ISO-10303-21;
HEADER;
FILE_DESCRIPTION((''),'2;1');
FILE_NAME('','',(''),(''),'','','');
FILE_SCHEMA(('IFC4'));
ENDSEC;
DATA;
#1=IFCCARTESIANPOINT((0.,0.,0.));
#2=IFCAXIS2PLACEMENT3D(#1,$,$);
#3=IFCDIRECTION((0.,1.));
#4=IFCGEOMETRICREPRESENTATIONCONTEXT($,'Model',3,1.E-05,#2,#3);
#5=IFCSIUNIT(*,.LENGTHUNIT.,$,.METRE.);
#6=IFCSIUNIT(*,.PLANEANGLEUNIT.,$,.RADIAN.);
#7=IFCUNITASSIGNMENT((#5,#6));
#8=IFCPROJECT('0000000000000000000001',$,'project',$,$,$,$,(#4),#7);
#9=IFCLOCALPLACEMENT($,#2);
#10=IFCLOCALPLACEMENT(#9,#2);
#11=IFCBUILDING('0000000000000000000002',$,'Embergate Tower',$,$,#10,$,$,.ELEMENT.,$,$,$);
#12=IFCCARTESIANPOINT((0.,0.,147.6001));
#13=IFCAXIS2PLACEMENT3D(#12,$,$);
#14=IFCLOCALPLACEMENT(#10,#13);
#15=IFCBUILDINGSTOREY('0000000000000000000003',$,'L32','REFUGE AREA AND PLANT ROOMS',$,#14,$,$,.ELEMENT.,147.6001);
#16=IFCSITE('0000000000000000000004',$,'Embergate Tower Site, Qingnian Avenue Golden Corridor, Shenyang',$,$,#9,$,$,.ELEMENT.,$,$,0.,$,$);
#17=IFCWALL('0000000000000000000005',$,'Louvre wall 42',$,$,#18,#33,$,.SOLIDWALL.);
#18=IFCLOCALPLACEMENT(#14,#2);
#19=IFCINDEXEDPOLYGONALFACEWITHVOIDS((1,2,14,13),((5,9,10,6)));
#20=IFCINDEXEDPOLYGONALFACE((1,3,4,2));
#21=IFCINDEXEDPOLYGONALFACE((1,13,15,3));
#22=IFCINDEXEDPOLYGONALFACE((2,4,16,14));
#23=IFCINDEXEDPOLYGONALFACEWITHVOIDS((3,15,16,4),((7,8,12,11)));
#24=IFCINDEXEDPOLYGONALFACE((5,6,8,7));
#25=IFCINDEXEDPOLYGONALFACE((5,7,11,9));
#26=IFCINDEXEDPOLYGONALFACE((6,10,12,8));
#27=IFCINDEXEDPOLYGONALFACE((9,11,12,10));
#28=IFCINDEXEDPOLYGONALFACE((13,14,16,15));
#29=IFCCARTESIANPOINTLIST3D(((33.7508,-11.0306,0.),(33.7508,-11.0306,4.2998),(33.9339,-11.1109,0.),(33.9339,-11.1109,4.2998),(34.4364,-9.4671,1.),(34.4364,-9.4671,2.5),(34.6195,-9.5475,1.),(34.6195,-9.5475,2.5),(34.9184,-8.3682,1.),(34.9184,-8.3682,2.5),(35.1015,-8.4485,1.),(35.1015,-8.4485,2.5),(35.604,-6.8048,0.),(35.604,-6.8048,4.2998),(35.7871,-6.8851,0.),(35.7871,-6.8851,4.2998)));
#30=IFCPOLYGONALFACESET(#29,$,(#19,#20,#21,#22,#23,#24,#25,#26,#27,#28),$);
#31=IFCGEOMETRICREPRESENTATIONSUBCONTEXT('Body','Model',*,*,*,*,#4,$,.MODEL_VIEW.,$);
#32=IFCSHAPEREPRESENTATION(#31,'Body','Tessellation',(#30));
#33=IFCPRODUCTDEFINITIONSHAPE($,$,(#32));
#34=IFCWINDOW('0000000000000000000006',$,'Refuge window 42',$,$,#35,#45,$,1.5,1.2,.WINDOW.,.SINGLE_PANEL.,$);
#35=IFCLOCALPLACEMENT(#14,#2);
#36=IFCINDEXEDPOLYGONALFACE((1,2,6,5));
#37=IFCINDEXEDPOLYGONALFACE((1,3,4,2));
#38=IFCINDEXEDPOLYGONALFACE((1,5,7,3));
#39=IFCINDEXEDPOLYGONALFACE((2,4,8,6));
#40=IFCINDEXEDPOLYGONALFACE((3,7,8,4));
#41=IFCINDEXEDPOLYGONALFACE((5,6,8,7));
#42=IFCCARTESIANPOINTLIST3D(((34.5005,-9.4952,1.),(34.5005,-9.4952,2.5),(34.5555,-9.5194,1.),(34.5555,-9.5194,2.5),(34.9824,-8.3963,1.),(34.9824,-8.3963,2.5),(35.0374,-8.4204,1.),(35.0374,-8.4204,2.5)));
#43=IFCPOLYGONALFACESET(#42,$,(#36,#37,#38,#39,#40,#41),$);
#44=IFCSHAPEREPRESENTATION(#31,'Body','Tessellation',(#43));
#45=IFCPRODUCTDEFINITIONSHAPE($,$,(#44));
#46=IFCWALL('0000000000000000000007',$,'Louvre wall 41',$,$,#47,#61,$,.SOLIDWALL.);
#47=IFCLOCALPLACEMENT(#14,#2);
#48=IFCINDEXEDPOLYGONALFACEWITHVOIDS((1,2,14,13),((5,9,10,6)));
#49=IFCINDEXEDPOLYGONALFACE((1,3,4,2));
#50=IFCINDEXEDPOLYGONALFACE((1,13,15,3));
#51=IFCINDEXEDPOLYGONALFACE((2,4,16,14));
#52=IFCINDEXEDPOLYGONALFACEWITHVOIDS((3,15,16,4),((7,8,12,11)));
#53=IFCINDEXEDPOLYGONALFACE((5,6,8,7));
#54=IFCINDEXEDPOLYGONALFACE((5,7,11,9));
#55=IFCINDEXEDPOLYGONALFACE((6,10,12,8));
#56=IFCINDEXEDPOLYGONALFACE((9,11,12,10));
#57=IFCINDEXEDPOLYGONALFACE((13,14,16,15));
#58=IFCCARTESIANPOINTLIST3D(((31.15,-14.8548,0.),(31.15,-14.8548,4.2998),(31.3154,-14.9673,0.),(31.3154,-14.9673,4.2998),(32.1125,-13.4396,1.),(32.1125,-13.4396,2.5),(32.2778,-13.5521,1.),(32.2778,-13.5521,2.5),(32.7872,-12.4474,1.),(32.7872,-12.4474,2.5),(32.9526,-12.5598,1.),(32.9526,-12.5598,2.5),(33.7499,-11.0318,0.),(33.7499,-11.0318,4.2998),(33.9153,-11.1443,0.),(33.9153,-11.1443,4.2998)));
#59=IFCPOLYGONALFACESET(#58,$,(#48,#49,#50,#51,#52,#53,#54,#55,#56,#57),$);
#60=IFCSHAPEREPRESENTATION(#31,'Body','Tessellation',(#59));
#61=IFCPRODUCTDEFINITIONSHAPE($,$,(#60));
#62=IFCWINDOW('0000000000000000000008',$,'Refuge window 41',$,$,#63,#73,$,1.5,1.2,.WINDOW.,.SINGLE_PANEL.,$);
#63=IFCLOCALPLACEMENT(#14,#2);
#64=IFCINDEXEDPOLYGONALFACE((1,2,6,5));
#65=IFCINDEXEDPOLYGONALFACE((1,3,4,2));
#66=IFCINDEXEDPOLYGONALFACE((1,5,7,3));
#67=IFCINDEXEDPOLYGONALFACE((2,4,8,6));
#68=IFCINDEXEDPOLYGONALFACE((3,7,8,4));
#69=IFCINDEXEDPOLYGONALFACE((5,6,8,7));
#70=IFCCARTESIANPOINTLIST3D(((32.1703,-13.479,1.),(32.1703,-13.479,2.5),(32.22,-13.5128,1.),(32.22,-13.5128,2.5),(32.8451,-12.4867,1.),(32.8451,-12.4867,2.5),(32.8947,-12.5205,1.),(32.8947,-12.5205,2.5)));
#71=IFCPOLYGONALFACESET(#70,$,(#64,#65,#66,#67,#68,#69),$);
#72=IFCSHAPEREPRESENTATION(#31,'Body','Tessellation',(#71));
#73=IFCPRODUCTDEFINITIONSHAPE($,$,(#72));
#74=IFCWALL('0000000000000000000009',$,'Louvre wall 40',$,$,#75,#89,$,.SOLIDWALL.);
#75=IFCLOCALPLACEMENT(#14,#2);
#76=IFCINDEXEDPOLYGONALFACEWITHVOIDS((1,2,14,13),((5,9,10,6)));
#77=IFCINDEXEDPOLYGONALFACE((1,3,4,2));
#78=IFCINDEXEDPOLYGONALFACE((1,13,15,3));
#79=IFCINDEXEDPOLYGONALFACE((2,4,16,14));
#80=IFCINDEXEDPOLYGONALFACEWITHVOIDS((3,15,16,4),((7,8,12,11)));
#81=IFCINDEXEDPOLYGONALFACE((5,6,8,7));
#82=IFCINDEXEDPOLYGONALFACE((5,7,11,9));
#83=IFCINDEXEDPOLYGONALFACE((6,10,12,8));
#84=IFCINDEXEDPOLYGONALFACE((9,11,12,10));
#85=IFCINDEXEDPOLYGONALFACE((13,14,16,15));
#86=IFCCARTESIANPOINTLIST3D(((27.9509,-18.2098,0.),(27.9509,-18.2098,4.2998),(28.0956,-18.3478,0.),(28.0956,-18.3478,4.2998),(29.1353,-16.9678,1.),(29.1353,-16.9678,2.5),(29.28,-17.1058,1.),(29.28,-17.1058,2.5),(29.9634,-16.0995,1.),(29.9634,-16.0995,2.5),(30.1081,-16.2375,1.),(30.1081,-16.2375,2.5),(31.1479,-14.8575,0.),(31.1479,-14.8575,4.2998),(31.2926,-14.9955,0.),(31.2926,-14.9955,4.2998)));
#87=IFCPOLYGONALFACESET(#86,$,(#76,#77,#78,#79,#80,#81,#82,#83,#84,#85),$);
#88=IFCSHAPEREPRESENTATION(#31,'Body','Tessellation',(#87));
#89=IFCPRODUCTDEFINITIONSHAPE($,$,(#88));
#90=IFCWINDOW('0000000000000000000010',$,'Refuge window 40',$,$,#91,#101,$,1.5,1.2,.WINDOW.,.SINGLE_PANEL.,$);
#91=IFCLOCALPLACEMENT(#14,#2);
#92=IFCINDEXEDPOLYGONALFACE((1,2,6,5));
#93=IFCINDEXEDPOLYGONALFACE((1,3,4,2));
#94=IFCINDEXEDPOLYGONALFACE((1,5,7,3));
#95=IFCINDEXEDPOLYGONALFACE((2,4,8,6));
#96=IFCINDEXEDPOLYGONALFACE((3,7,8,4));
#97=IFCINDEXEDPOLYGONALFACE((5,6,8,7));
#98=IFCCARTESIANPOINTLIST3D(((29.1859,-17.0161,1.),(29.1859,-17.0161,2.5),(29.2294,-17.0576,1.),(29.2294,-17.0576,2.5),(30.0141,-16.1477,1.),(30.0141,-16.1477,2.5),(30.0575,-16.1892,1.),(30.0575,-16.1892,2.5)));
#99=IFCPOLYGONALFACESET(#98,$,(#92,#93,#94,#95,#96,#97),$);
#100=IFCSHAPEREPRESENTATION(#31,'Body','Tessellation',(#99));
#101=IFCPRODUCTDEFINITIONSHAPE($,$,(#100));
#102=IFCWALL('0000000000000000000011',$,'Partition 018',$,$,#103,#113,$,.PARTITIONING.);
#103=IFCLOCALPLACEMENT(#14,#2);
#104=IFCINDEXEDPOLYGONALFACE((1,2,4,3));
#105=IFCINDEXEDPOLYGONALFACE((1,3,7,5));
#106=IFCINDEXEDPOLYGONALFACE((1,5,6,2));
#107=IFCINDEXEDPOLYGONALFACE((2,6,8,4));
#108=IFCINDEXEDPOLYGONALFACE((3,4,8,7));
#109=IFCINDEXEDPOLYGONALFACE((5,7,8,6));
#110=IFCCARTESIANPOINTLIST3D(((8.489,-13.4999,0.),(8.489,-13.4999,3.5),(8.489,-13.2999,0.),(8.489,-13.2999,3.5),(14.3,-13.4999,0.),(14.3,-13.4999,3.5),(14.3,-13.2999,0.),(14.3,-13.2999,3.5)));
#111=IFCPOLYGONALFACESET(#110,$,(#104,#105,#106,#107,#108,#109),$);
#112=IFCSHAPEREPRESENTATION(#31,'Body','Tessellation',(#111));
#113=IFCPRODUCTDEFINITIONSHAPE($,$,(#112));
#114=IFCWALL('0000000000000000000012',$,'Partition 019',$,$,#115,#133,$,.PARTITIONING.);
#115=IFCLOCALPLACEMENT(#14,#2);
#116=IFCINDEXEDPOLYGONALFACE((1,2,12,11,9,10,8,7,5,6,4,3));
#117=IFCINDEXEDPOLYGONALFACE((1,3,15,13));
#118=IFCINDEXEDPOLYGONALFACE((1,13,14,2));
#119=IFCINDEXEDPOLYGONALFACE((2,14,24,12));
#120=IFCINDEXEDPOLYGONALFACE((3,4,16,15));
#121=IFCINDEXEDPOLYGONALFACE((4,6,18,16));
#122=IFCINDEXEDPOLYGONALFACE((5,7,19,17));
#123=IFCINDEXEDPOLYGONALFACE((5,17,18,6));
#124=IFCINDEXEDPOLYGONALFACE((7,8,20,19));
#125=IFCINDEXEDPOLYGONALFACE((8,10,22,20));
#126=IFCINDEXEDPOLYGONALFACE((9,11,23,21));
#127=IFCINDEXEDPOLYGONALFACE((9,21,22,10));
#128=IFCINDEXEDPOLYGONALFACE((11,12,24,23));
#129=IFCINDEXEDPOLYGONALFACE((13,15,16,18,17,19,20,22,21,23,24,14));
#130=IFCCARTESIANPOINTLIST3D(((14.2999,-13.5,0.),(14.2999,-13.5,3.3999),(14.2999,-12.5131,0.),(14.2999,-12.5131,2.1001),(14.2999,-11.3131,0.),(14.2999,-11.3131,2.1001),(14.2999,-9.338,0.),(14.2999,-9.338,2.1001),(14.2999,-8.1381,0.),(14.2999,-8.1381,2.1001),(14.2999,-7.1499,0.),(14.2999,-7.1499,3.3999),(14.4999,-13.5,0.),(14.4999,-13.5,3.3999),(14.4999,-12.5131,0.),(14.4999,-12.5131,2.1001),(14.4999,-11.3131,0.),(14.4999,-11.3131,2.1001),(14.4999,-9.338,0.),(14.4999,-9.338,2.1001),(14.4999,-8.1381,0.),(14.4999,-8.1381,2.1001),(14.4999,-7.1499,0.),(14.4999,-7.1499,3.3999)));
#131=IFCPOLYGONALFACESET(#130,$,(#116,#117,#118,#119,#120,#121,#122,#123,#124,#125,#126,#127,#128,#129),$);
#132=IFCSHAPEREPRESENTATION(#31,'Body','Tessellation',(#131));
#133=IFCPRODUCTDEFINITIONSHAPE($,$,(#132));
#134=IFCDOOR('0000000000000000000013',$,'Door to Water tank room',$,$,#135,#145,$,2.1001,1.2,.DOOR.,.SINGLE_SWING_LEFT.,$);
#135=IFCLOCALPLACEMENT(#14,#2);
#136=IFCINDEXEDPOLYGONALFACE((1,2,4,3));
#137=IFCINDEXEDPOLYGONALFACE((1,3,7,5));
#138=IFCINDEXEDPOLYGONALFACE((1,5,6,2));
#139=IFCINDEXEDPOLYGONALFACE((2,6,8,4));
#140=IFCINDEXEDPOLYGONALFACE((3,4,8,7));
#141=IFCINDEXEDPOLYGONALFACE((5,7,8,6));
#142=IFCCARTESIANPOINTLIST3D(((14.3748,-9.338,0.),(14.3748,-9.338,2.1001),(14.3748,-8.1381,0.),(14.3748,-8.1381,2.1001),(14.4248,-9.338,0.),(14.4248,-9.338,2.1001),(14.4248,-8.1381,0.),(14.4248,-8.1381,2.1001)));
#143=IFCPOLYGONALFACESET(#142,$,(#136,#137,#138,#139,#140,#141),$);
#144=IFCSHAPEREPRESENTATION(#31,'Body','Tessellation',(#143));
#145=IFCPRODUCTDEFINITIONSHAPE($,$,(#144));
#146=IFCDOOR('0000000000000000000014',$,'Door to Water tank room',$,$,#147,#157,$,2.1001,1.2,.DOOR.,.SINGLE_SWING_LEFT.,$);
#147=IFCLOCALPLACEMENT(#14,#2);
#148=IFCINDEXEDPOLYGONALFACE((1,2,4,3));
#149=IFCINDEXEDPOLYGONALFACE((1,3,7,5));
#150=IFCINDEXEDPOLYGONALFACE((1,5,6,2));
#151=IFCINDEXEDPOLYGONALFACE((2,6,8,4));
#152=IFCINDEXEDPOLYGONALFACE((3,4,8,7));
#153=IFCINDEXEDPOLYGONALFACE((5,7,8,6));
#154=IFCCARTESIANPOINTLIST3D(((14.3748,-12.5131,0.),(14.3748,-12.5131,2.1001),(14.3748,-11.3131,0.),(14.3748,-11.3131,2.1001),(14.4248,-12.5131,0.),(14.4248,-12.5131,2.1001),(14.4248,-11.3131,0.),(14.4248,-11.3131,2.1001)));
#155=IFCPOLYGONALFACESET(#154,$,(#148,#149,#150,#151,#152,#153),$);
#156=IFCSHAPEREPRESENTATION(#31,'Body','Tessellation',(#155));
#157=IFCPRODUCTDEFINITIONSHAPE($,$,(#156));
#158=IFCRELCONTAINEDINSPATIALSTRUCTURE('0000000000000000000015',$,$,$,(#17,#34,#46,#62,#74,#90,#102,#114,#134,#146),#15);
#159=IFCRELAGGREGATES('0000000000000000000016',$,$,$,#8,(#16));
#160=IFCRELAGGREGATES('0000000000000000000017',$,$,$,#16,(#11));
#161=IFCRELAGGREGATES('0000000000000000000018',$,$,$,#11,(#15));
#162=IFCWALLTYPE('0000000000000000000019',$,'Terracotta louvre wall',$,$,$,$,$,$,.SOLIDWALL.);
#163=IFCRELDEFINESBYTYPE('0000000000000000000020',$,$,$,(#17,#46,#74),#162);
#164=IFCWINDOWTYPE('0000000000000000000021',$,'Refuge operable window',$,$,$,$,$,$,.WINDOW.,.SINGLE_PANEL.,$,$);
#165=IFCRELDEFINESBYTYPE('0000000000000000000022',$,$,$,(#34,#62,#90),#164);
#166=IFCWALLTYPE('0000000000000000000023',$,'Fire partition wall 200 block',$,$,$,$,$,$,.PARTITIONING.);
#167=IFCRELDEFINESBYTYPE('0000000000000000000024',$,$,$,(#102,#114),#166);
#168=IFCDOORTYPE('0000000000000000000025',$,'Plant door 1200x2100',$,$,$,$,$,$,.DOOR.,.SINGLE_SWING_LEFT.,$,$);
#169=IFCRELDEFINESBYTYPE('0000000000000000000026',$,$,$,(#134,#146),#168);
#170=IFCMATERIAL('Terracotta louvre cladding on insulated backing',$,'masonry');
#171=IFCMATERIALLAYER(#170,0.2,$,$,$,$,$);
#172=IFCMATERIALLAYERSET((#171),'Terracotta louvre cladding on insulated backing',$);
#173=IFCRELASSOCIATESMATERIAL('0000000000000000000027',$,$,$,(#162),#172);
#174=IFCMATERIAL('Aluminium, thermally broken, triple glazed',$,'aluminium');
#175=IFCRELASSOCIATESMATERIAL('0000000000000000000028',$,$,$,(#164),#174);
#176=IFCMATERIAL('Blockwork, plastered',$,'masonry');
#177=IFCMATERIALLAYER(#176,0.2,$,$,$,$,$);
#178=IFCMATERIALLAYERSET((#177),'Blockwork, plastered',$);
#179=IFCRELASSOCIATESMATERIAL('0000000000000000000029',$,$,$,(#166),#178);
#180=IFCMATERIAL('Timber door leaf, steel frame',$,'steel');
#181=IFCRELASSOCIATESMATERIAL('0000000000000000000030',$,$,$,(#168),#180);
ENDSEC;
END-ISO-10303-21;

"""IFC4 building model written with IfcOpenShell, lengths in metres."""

from ifc_helpers import new_model, si_unit, direction, frame, frame_2d, origin, place, context, subcontext, project, spatial, rectangle, extrude, source, transform, mapped, material, layer, layer_set, type_object, element, fill, save


model = new_model("IFC4")

# Units and contexts
model_context = context("Model", 3, precision=1e-05, world=origin(), true_north=direction((0.0, 1.0)))
body_context = subcontext(model_context, "Body", "Model", "MODEL_VIEW")
ifc_project = project(units=[si_unit("LENGTHUNIT", "METRE"), si_unit("PLANEANGLEUNIT", "RADIAN")], contexts=[model_context])

# Site, building, storey
site_placement = place(None, origin())
site = spatial("IfcSite", under=ifc_project, at=site_placement, Name="Embergate Tower Site, Qingnian Avenue Golden Corridor, Shenyang", CompositionType="ELEMENT", RefElevation=0.0)
building_placement = place(site_placement, origin())
building = spatial("IfcBuilding", under=site, at=building_placement, Name="Embergate Tower", CompositionType="ELEMENT")
storey_placement = place(building_placement, frame((0.0, 0.0, 147.6001)))
storey = spatial("IfcBuildingStorey", under=building, at=storey_placement, Name="L32", Description="REFUGE AREA AND PLANT ROOMS", CompositionType="ELEMENT", Elevation=147.6001)

# Walls, openings, windows
ifc_material_1 = material(Name="Terracotta louvre cladding on insulated backing", Category="masonry")
ifc_layer_1 = layer(ifc_material_1, 0.2)
ifc_layer_set_1 = layer_set([ifc_layer_1], Name="Terracotta louvre cladding on insulated backing")
wall_type_1 = type_object("IfcWallType", Name="Terracotta louvre wall", PredefinedType="SOLIDWALL", material=ifc_layer_set_1)
shared_shape_1 = source(origin(), body_context, "Body", "SweptSolid", [
    extrude(rectangle(XDim=1.2, YDim=1.5, at=frame_2d((0.6001, 0.75))), frame((0.0, 0.1099, 0.0), z_axis=(0.0, -1.0, 0.0), x_axis=(1.0, 0.0, 0.0)), (0.0, 0.0, 1.0), 0.22),
])
ifc_material_2 = material(Name="Aluminium, thermally broken, triple glazed", Category="aluminium")
window_type = type_object("IfcWindowType", Name="Refuge operable window", PartitioningType="SINGLE_PANEL", PredefinedType="WINDOW", material=ifc_material_2)
shared_shape_2 = source(origin(), body_context, "Body", "SweptSolid", [
    extrude(rectangle(XDim=1.2, YDim=1.5, at=frame_2d((0.6001, 0.75))), frame((0.0, 0.03, 0.0), z_axis=(0.0, -1.0, 0.0), x_axis=(1.0, 0.0, 0.0)), (0.0, 0.0, 1.0), 0.0601),
])
shared_shape_3 = source(origin(), body_context, "Body", "SweptSolid", [
    extrude(rectangle(XDim=4.6143, YDim=0.2, at=frame_2d((2.3071, 0.0))), origin(), (0.0, 0.0, 1.0), 4.2998),
])
wall_1_placement = place(storey_placement, frame((35.6956, -6.845, 0.0), z_axis=(0.0, 0.0, 1.0), x_axis=(-0.401632, -0.915801, 0.0)))
wall_1 = element("IfcWall", 1, at=wall_1_placement, inside=storey, type_object=wall_type_1, Name="Louvre wall 42", PredefinedType="SOLIDWALL", context=body_context, shape_type="MappedRepresentation", body=[
    mapped(shared_shape_3, transform((0.0, 0.0, 0.0))),
])
opening_1_placement = place(wall_1_placement, frame((1.707, 0.0, 1.0)))
opening_1 = element("IfcOpeningElement", 2, at=opening_1_placement, cuts=wall_1, PredefinedType="OPENING", context=body_context, shape_type="MappedRepresentation", body=[
    mapped(shared_shape_1, transform((0.0, 0.0, 0.0))),
])
window_1_placement = place(opening_1_placement, origin())
window_1 = element("IfcWindow", 3, at=window_1_placement, inside=storey, type_object=window_type, Name="Refuge window 42", OverallHeight=1.5, OverallWidth=1.2, PartitioningType="SINGLE_PANEL", PredefinedType="WINDOW", context=body_context, shape_type="MappedRepresentation", body=[
    mapped(shared_shape_2, transform((0.0, 0.0, 0.0))),
])
fill(opening_1, window_1)
shared_shape_4 = source(origin(), body_context, "Body", "SweptSolid", [
    extrude(rectangle(XDim=4.6233, YDim=0.2, at=frame_2d((2.3115, 0.0))), origin(), (0.0, 0.0, 1.0), 4.2998),
])
wall_2_placement = place(storey_placement, frame((33.8325, -11.0881, 0.0), z_axis=(0.0, 0.0, 1.0), x_axis=(-0.562342, -0.826905, 0.0)))
wall_2 = element("IfcWall", 4, at=wall_2_placement, inside=storey, type_object=wall_type_1, Name="Louvre wall 41", PredefinedType="SOLIDWALL", context=body_context, shape_type="MappedRepresentation", body=[
    mapped(shared_shape_4, transform((0.0, 0.0, 0.0))),
])
opening_2_placement = place(wall_2_placement, frame((1.7117, 0.0, 1.0)))
opening_2 = element("IfcOpeningElement", 5, at=opening_2_placement, cuts=wall_2, PredefinedType="OPENING", context=body_context, shape_type="MappedRepresentation", body=[
    mapped(shared_shape_1, transform((0.0, 0.0, 0.0))),
])
window_2_placement = place(opening_2_placement, origin())
window_2 = element("IfcWindow", 6, at=window_2_placement, inside=storey, type_object=window_type, Name="Refuge window 41", OverallHeight=1.5, OverallWidth=1.2, PartitioningType="SINGLE_PANEL", PredefinedType="WINDOW", context=body_context, shape_type="MappedRepresentation", body=[
    mapped(shared_shape_2, transform((0.0, 0.0, 0.0))),
])
fill(opening_2, window_2)
shared_shape_5 = source(origin(), body_context, "Body", "SweptSolid", [
    extrude(rectangle(XDim=4.6323, YDim=0.2, at=frame_2d((2.3162, 0.0))), origin(), (0.0, 0.0, 1.0), 4.2998),
])
wall_3_placement = place(storey_placement, frame((31.2202, -14.9265, 0.0), z_axis=(0.0, 0.0, 1.0), x_axis=(-0.690149, -0.723668, 0.0)))
wall_3 = element("IfcWall", 7, at=wall_3_placement, inside=storey, type_object=wall_type_1, Name="Louvre wall 40", PredefinedType="SOLIDWALL", context=body_context, shape_type="MappedRepresentation", body=[
    mapped(shared_shape_5, transform((0.0, 0.0, 0.0))),
])
opening_3_placement = place(wall_3_placement, frame((1.7161, 0.0, 1.0)))
opening_3 = element("IfcOpeningElement", 8, at=opening_3_placement, cuts=wall_3, PredefinedType="OPENING", context=body_context, shape_type="MappedRepresentation", body=[
    mapped(shared_shape_1, transform((0.0, 0.0, 0.0))),
])
window_3_placement = place(opening_3_placement, origin())
window_3 = element("IfcWindow", 9, at=window_3_placement, inside=storey, type_object=window_type, Name="Refuge window 40", OverallHeight=1.5, OverallWidth=1.2, PartitioningType="SINGLE_PANEL", PredefinedType="WINDOW", context=body_context, shape_type="MappedRepresentation", body=[
    mapped(shared_shape_2, transform((0.0, 0.0, 0.0))),
])
fill(opening_3, window_3)

# Wall
ifc_material_3 = material(Name="Blockwork, plastered", Category="masonry")
ifc_layer_2 = layer(ifc_material_3, 0.2)
ifc_layer_set_2 = layer_set([ifc_layer_2], Name="Blockwork, plastered")
wall_type_2 = type_object("IfcWallType", Name="Fire partition wall 200 block", PredefinedType="PARTITIONING", material=ifc_layer_set_2)
shared_shape_6 = source(origin(), body_context, "Body", "SweptSolid", [
    extrude(rectangle(XDim=5.811, YDim=0.2, at=frame_2d((2.9055, 0.0))), origin(), (0.0, 0.0, 1.0), 3.5),
])
wall_4_placement = place(storey_placement, frame((14.3, -13.3999, 0.0), z_axis=(0.0, 0.0, 1.0), x_axis=(-1.0, 0.0, 0.0)))
element("IfcWall", 10, at=wall_4_placement, inside=storey, type_object=wall_type_2, Name="Partition 018", PredefinedType="PARTITIONING", context=body_context, shape_type="MappedRepresentation", body=[
    mapped(shared_shape_6, transform((0.0, 0.0, 0.0))),
])

# Wall, openings, doors
shared_shape_7 = source(origin(), body_context, "Body", "SweptSolid", [
    extrude(rectangle(XDim=6.3501, YDim=0.2, at=frame_2d((3.175, 0.0))), origin(), (0.0, 0.0, 1.0), 3.3999),
])
wall_5_placement = place(storey_placement, frame((14.3999, -7.1499, 0.0), z_axis=(0.0, 0.0, 1.0), x_axis=(0.0, -1.0, 0.0)))
wall_5 = element("IfcWall", 11, at=wall_5_placement, inside=storey, type_object=wall_type_2, Name="Partition 019", PredefinedType="PARTITIONING", context=body_context, shape_type="MappedRepresentation", body=[
    mapped(shared_shape_7, transform((0.0, 0.0, 0.0))),
])
shared_shape_8 = source(origin(), body_context, "Body", "SweptSolid", [
    extrude(rectangle(XDim=1.2, YDim=2.1001, at=frame_2d((0.6001, 1.05))), frame((0.0, 0.1099, 0.0), z_axis=(0.0, -1.0, 0.0), x_axis=(1.0, 0.0, 0.0)), (0.0, 0.0, 1.0), 0.22),
])
opening_4_placement = place(wall_5_placement, frame((0.988, 0.0, 0.0)))
opening_4 = element("IfcOpeningElement", 12, at=opening_4_placement, cuts=wall_5, PredefinedType="OPENING", context=body_context, shape_type="MappedRepresentation", body=[
    mapped(shared_shape_8, transform((0.0, 0.0, 0.0))),
])
opening_5_placement = place(wall_5_placement, frame((4.1631, 0.0, 0.0)))
opening_5 = element("IfcOpeningElement", 13, at=opening_5_placement, cuts=wall_5, PredefinedType="OPENING", context=body_context, shape_type="MappedRepresentation", body=[
    mapped(shared_shape_8, transform((0.0, 0.0, 0.0))),
])
ifc_material_4 = material(Name="Timber door leaf, steel frame", Category="steel")
door_type = type_object("IfcDoorType", Name="Plant door 1200x2100", OperationType="SINGLE_SWING_LEFT", PredefinedType="DOOR", material=ifc_material_4)
shared_shape_9 = source(origin(), body_context, "Body", "SweptSolid", [
    extrude(rectangle(XDim=1.2, YDim=2.1001, at=frame_2d((0.6001, 1.05))), frame((0.0, 0.0249, 0.0), z_axis=(0.0, -1.0, 0.0), x_axis=(1.0, 0.0, 0.0)), (0.0, 0.0, 1.0), 0.05),
])
door_1_placement = place(opening_4_placement, origin())
door_1 = element("IfcDoor", 14, at=door_1_placement, inside=storey, type_object=door_type, Name="Door to Water tank room", OperationType="SINGLE_SWING_LEFT", OverallHeight=2.1001, OverallWidth=1.2, PredefinedType="DOOR", context=body_context, shape_type="MappedRepresentation", body=[
    mapped(shared_shape_9, transform((0.0, 0.0, 0.0))),
])
fill(opening_4, door_1)
door_2_placement = place(opening_5_placement, origin())
door_2 = element("IfcDoor", 15, at=door_2_placement, inside=storey, type_object=door_type, Name="Door to Water tank room", OperationType="SINGLE_SWING_LEFT", OverallHeight=2.1001, OverallWidth=1.2, PredefinedType="DOOR", context=body_context, shape_type="MappedRepresentation", body=[
    mapped(shared_shape_9, transform((0.0, 0.0, 0.0))),
])
fill(opening_5, door_2)

save(model, "model.ifc")
